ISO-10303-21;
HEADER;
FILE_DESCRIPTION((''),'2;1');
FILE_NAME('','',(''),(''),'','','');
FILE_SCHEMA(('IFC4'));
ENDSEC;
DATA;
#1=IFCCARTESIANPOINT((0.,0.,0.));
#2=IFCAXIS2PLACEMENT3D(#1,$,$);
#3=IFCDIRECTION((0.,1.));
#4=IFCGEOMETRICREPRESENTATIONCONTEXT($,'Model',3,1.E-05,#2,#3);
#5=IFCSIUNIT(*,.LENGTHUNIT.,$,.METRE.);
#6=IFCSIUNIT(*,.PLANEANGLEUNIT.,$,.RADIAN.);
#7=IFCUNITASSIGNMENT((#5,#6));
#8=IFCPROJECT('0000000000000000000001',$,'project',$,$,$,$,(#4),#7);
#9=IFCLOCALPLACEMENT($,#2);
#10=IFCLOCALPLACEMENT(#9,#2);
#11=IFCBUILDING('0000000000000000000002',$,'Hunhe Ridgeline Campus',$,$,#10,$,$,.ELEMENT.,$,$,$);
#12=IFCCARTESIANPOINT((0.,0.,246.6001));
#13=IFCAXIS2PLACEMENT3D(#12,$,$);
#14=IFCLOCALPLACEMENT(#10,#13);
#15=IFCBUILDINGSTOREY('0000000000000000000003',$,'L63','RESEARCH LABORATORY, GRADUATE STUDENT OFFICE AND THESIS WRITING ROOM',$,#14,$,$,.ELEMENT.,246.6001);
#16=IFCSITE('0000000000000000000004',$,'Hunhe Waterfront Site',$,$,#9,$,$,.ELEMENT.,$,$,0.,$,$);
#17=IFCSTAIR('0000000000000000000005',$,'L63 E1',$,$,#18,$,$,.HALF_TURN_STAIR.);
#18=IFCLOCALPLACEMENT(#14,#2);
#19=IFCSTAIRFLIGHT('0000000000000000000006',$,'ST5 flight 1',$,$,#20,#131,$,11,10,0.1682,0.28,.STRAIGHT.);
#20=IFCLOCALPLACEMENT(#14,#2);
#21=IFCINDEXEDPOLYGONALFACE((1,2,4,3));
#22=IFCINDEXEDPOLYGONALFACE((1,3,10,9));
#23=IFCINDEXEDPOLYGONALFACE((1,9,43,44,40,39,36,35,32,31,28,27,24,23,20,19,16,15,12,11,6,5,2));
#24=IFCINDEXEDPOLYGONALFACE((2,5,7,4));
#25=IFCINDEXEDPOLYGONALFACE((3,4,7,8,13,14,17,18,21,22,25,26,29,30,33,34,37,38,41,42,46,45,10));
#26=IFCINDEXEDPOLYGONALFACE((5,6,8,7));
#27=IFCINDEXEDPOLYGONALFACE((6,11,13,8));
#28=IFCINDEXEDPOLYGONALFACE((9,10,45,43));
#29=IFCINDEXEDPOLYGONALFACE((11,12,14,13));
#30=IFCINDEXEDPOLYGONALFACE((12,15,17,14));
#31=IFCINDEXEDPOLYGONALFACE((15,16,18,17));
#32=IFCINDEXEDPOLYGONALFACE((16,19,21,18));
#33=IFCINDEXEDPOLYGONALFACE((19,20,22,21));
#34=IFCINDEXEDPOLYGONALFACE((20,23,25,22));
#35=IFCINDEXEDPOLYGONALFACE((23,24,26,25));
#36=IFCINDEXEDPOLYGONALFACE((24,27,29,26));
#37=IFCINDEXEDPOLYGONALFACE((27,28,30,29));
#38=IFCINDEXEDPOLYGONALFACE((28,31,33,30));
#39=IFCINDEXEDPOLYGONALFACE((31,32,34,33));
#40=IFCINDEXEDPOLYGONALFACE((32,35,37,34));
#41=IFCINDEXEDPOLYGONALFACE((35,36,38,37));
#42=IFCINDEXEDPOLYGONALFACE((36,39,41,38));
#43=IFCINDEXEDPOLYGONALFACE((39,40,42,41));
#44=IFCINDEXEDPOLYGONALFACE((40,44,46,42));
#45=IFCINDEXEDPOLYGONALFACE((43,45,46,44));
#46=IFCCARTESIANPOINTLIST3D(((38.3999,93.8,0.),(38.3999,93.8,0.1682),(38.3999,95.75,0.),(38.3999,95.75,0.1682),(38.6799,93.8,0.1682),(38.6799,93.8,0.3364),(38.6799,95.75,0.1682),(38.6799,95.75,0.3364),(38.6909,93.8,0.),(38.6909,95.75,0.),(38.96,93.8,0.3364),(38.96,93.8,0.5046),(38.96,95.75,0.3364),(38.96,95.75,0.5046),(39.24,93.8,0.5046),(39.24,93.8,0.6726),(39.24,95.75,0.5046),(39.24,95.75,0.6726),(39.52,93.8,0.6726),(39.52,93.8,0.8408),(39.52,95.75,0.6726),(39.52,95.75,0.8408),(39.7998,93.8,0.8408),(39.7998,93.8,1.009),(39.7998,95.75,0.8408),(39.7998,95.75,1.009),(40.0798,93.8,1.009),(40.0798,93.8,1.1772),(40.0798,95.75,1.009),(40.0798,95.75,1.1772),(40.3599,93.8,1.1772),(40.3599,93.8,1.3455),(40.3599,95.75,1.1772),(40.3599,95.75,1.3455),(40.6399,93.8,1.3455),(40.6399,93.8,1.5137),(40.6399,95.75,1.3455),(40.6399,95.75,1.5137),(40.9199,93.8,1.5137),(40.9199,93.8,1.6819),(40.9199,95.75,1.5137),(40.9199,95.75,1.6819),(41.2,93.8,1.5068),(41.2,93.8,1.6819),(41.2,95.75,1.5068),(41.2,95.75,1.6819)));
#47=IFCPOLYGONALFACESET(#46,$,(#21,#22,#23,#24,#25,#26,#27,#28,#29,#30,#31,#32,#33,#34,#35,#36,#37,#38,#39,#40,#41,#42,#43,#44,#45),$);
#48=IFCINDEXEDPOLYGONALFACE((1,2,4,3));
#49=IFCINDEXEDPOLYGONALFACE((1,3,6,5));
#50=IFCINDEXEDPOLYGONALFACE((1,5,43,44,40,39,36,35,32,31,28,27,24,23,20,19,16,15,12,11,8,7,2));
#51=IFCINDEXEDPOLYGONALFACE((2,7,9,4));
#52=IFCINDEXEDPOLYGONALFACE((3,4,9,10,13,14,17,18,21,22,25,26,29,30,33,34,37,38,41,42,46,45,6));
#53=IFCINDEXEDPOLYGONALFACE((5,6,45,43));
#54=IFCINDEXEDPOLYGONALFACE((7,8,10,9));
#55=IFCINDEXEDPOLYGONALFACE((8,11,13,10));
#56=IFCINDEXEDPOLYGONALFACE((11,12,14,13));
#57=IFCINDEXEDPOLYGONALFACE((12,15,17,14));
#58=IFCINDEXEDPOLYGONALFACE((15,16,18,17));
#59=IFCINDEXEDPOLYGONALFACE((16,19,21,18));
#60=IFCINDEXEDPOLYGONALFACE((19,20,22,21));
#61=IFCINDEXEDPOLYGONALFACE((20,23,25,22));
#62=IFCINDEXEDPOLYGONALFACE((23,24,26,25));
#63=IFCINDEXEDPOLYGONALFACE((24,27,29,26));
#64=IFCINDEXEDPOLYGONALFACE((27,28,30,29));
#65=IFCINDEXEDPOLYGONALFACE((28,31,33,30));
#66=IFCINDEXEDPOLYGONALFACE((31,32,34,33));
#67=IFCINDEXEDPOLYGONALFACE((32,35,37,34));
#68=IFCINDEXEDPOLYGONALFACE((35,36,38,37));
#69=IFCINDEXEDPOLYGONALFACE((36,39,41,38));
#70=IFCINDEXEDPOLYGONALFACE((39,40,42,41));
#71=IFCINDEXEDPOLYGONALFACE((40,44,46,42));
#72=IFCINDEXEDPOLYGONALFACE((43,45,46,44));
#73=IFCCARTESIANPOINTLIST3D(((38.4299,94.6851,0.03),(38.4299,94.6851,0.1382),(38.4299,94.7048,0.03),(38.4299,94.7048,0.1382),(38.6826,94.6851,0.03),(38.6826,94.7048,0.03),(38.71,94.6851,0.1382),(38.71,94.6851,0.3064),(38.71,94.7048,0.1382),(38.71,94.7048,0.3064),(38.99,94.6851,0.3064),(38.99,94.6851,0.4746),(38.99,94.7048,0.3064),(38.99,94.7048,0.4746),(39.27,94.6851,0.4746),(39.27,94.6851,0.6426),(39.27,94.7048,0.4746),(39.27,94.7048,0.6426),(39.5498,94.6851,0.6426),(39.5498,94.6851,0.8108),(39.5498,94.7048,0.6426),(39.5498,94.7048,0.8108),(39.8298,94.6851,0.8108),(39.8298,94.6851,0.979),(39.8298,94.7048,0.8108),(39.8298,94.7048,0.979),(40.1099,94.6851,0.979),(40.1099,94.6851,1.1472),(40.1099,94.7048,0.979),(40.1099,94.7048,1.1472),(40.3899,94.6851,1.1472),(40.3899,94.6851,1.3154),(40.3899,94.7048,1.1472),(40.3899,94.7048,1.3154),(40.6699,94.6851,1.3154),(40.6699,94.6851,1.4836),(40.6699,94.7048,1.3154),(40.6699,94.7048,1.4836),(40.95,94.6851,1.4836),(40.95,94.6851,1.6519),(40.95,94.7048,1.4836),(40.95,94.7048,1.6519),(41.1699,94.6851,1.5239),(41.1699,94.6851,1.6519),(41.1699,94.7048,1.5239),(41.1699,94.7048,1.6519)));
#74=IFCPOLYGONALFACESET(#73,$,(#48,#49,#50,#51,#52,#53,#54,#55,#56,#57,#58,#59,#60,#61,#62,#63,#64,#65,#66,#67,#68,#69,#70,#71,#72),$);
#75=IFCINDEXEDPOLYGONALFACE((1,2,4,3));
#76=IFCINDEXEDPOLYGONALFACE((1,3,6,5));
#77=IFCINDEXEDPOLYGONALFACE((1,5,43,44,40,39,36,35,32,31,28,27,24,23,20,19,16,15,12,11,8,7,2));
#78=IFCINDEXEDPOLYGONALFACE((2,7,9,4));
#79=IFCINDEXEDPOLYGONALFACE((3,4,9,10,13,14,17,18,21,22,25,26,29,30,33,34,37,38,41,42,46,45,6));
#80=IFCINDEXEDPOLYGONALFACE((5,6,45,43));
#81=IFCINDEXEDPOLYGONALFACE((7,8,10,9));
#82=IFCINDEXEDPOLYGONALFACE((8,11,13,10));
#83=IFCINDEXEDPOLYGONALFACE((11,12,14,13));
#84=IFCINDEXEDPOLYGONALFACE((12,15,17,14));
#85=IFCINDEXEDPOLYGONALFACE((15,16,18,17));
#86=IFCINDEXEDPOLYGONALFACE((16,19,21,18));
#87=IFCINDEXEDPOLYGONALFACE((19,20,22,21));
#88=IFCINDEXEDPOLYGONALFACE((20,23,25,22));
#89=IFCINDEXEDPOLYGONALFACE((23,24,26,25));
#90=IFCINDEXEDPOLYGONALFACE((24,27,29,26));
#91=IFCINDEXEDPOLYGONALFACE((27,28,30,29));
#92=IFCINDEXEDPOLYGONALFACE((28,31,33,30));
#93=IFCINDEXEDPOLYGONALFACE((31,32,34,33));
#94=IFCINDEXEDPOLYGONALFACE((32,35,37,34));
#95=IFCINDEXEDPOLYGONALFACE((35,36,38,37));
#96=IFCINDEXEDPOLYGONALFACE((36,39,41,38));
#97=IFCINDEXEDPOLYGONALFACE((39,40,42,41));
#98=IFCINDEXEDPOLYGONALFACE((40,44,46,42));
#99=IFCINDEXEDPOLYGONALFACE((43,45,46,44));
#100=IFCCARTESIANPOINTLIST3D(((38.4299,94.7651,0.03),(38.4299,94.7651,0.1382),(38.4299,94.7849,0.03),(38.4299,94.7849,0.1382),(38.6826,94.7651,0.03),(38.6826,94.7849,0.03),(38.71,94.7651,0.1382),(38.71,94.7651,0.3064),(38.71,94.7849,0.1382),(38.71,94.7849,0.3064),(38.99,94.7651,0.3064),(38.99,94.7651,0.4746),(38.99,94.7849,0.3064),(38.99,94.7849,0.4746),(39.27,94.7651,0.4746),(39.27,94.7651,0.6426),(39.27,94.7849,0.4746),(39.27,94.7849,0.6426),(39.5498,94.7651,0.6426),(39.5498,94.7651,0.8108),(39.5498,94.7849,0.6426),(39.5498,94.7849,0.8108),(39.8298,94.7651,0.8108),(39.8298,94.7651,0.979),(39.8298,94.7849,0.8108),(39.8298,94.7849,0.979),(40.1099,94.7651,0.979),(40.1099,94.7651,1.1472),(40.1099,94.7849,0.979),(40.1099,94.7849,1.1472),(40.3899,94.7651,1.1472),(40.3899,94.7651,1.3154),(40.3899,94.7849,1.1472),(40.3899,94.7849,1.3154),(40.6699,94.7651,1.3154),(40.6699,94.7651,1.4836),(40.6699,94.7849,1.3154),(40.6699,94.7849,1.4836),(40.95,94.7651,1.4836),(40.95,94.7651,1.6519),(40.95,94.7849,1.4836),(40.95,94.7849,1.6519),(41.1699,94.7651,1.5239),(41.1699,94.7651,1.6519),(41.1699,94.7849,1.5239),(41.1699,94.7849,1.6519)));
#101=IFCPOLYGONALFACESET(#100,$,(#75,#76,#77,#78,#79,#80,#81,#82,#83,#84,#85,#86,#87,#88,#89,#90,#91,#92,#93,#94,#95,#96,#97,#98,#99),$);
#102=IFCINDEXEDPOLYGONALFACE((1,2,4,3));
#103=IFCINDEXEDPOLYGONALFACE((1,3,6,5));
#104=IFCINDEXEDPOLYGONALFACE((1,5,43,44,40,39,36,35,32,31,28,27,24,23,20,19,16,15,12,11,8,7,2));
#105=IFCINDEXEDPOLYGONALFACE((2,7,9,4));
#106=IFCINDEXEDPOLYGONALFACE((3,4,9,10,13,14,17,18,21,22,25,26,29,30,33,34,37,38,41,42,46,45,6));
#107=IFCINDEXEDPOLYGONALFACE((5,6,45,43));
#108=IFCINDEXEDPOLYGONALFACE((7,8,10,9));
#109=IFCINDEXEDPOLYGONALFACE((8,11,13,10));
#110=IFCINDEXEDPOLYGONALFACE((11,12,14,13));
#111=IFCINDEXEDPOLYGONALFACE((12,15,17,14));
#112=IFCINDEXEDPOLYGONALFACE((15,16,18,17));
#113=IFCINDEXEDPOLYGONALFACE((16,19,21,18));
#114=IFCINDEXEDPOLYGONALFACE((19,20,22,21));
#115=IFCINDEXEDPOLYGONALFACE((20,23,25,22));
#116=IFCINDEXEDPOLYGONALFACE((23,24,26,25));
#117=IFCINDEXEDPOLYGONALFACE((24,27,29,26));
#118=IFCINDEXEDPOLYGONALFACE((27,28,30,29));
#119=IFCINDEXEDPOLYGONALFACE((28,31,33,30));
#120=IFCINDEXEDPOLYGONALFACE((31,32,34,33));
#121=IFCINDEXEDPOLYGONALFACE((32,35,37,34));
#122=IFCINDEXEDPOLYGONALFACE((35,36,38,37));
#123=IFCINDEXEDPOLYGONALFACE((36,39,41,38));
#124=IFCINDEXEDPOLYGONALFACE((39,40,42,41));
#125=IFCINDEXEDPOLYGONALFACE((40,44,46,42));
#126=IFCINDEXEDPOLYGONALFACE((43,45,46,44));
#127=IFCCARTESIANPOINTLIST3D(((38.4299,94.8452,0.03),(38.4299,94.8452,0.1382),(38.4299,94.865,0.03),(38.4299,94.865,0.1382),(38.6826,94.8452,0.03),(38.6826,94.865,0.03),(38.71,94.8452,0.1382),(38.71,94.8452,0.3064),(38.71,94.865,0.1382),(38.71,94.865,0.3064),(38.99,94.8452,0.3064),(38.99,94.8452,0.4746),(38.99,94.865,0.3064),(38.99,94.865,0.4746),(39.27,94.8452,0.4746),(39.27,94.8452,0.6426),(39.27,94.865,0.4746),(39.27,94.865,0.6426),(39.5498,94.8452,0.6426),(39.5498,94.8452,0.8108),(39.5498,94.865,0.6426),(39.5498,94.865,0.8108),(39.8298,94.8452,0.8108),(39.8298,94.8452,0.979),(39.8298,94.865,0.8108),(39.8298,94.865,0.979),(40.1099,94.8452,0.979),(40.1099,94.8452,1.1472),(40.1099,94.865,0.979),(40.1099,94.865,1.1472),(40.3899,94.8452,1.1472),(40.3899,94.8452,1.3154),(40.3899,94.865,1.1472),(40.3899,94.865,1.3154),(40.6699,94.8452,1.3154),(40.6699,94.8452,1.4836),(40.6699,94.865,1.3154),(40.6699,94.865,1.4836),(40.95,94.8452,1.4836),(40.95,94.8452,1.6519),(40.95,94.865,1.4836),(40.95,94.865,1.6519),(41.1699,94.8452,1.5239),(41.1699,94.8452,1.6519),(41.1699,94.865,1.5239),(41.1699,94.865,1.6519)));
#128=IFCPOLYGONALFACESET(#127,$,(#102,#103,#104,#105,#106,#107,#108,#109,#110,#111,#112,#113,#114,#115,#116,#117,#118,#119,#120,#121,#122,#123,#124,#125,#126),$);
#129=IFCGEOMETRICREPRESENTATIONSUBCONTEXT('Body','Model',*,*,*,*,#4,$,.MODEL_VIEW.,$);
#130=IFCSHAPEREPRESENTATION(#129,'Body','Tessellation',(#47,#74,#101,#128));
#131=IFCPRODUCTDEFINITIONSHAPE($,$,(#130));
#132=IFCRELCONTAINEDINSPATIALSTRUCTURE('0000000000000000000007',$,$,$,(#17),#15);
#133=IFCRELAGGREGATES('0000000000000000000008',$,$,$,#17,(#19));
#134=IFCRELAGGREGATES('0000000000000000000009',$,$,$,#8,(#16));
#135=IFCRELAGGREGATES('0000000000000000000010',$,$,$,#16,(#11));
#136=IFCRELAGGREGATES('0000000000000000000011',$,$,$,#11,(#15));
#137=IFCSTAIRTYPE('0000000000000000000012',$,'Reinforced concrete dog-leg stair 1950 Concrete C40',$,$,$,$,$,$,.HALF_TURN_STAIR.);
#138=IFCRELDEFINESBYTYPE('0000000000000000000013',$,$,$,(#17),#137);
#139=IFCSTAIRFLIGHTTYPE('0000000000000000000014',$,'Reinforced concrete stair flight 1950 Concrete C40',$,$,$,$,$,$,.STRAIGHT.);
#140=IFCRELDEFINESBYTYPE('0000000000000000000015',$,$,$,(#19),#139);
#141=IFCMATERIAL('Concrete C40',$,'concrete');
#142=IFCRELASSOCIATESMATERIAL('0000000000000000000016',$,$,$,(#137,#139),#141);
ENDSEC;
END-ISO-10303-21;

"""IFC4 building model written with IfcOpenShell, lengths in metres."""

from ifc_helpers import new_model, si_unit, direction, frame, origin, place, context, subcontext, project, spatial, polyline, outline, extrude, material, type_object, element, aggregate, save


model = new_model("IFC4")

# Units and contexts
model_context = context("Model", 3, precision=1e-05, world=origin(), true_north=direction((0.0, 1.0)))
body_context = subcontext(model_context, "Body", "Model", "MODEL_VIEW")
ifc_project = project(units=[si_unit("LENGTHUNIT", "METRE"), si_unit("PLANEANGLEUNIT", "RADIAN")], contexts=[model_context])

# Site, building, storey
site_placement = place(None, origin())
site = spatial("IfcSite", under=ifc_project, at=site_placement, Name="Hunhe Waterfront Site", CompositionType="ELEMENT", RefElevation=0.0)
building_placement = place(site_placement, origin())
building = spatial("IfcBuilding", under=site, at=building_placement, Name="Hunhe Ridgeline Campus", CompositionType="ELEMENT")
storey_placement = place(building_placement, frame((0.0, 0.0, 246.6001)))
storey = spatial("IfcBuildingStorey", under=building, at=storey_placement, Name="L63", Description="RESEARCH LABORATORY, GRADUATE STUDENT OFFICE AND THESIS WRITING ROOM", CompositionType="ELEMENT", Elevation=246.6001)

# Stair, stair flight
ifc_material_1 = material(Name="Concrete C40", Category="concrete")
stair_type = type_object("IfcStairType", Name="Reinforced concrete dog-leg stair 1950 Concrete C40", PredefinedType="HALF_TURN_STAIR", material=ifc_material_1)
stair_placement = place(storey_placement, origin())
stair = element("IfcStair", 1, at=stair_placement, inside=storey, type_object=stair_type, Name="L63 E1", PredefinedType="HALF_TURN_STAIR")
stair_flight_type = type_object("IfcStairFlightType", Name="Reinforced concrete stair flight 1950 Concrete C40", PredefinedType="STRAIGHT", material=ifc_material_1)
stair_flight_1_placement = place(storey_placement, frame((38.3999, 94.7749, 0.0), z_axis=(0.0, 0.0, 1.0), x_axis=(1.0, 0.0, 0.0)))
stair_flight_1 = element("IfcStairFlight", 2, at=stair_flight_1_placement, type_object=stair_flight_type, Name="ST5 flight 1", NumberOfRisers=11, NumberOfTreads=10, PredefinedType="STRAIGHT", RiserHeight=0.1682, TreadLength=0.28, context=body_context, shape_type="SweptSolid", body=[
    extrude(outline(polyline([(0.0, 0.0), (0.0, 0.1682), (0.28, 0.1682), (0.28, 0.3364), (0.5601, 0.3364), (0.5601, 0.5046), (0.8401, 0.5046), (0.8401, 0.6726), (1.1201, 0.6726), (1.1201, 0.8408), (1.3999, 0.8408), (1.3999, 1.009), (1.6799, 1.009), (1.6799, 1.1772), (1.96, 1.1772), (1.96, 1.3455), (2.24, 1.3455), (2.24, 1.5137), (2.52, 1.5137), (2.52, 1.6819), (2.8, 1.6819), (2.8, 1.8501), (2.8, 1.5068), (0.291, 0.0), (0.0, 0.0)])), frame((0.0, 0.9751, 0.0), z_axis=(0.0, -1.0, 0.0), x_axis=(1.0, 0.0, 0.0)), (0.0, 0.0, 1.0), 1.95),
    extrude(outline(polyline([(0.03, 0.03), (0.03, 0.1382), (0.3101, 0.1382), (0.3101, 0.3064), (0.5901, 0.3064), (0.5901, 0.4746), (0.8701, 0.4746), (0.8701, 0.6426), (1.1499, 0.6426), (1.1499, 0.8108), (1.4299, 0.8108), (1.4299, 0.979), (1.71, 0.979), (1.71, 1.1472), (1.99, 1.1472), (1.99, 1.3154), (2.27, 1.3154), (2.27, 1.4836), (2.55, 1.4836), (2.55, 1.6519), (2.77, 1.6519), (2.77, 1.5239), (0.2827, 0.03), (0.03, 0.03)])), frame((0.0, -0.0701, 0.0), z_axis=(0.0, -1.0, 0.0), x_axis=(1.0, 0.0, 0.0)), (0.0, 0.0, 1.0), 0.0198),
    extrude(outline(polyline([(0.03, 0.03), (0.03, 0.1382), (0.3101, 0.1382), (0.3101, 0.3064), (0.5901, 0.3064), (0.5901, 0.4746), (0.8701, 0.4746), (0.8701, 0.6426), (1.1499, 0.6426), (1.1499, 0.8108), (1.4299, 0.8108), (1.4299, 0.979), (1.71, 0.979), (1.71, 1.1472), (1.99, 1.1472), (1.99, 1.3154), (2.27, 1.3154), (2.27, 1.4836), (2.55, 1.4836), (2.55, 1.6519), (2.77, 1.6519), (2.77, 1.5239), (0.2827, 0.03), (0.03, 0.03)])), frame((0.0, 0.01, 0.0), z_axis=(0.0, -1.0, 0.0), x_axis=(1.0, 0.0, 0.0)), (0.0, 0.0, 1.0), 0.0198),
    extrude(outline(polyline([(0.03, 0.03), (0.03, 0.1382), (0.3101, 0.1382), (0.3101, 0.3064), (0.5901, 0.3064), (0.5901, 0.4746), (0.8701, 0.4746), (0.8701, 0.6426), (1.1499, 0.6426), (1.1499, 0.8108), (1.4299, 0.8108), (1.4299, 0.979), (1.71, 0.979), (1.71, 1.1472), (1.99, 1.1472), (1.99, 1.3154), (2.27, 1.3154), (2.27, 1.4836), (2.55, 1.4836), (2.55, 1.6519), (2.77, 1.6519), (2.77, 1.5239), (0.2827, 0.03), (0.03, 0.03)])), frame((0.0, 0.0901, 0.0), z_axis=(0.0, -1.0, 0.0), x_axis=(1.0, 0.0, 0.0)), (0.0, 0.0, 1.0), 0.0198),
])
aggregate(stair, [stair_flight_1])

save(model, "model.ifc")
